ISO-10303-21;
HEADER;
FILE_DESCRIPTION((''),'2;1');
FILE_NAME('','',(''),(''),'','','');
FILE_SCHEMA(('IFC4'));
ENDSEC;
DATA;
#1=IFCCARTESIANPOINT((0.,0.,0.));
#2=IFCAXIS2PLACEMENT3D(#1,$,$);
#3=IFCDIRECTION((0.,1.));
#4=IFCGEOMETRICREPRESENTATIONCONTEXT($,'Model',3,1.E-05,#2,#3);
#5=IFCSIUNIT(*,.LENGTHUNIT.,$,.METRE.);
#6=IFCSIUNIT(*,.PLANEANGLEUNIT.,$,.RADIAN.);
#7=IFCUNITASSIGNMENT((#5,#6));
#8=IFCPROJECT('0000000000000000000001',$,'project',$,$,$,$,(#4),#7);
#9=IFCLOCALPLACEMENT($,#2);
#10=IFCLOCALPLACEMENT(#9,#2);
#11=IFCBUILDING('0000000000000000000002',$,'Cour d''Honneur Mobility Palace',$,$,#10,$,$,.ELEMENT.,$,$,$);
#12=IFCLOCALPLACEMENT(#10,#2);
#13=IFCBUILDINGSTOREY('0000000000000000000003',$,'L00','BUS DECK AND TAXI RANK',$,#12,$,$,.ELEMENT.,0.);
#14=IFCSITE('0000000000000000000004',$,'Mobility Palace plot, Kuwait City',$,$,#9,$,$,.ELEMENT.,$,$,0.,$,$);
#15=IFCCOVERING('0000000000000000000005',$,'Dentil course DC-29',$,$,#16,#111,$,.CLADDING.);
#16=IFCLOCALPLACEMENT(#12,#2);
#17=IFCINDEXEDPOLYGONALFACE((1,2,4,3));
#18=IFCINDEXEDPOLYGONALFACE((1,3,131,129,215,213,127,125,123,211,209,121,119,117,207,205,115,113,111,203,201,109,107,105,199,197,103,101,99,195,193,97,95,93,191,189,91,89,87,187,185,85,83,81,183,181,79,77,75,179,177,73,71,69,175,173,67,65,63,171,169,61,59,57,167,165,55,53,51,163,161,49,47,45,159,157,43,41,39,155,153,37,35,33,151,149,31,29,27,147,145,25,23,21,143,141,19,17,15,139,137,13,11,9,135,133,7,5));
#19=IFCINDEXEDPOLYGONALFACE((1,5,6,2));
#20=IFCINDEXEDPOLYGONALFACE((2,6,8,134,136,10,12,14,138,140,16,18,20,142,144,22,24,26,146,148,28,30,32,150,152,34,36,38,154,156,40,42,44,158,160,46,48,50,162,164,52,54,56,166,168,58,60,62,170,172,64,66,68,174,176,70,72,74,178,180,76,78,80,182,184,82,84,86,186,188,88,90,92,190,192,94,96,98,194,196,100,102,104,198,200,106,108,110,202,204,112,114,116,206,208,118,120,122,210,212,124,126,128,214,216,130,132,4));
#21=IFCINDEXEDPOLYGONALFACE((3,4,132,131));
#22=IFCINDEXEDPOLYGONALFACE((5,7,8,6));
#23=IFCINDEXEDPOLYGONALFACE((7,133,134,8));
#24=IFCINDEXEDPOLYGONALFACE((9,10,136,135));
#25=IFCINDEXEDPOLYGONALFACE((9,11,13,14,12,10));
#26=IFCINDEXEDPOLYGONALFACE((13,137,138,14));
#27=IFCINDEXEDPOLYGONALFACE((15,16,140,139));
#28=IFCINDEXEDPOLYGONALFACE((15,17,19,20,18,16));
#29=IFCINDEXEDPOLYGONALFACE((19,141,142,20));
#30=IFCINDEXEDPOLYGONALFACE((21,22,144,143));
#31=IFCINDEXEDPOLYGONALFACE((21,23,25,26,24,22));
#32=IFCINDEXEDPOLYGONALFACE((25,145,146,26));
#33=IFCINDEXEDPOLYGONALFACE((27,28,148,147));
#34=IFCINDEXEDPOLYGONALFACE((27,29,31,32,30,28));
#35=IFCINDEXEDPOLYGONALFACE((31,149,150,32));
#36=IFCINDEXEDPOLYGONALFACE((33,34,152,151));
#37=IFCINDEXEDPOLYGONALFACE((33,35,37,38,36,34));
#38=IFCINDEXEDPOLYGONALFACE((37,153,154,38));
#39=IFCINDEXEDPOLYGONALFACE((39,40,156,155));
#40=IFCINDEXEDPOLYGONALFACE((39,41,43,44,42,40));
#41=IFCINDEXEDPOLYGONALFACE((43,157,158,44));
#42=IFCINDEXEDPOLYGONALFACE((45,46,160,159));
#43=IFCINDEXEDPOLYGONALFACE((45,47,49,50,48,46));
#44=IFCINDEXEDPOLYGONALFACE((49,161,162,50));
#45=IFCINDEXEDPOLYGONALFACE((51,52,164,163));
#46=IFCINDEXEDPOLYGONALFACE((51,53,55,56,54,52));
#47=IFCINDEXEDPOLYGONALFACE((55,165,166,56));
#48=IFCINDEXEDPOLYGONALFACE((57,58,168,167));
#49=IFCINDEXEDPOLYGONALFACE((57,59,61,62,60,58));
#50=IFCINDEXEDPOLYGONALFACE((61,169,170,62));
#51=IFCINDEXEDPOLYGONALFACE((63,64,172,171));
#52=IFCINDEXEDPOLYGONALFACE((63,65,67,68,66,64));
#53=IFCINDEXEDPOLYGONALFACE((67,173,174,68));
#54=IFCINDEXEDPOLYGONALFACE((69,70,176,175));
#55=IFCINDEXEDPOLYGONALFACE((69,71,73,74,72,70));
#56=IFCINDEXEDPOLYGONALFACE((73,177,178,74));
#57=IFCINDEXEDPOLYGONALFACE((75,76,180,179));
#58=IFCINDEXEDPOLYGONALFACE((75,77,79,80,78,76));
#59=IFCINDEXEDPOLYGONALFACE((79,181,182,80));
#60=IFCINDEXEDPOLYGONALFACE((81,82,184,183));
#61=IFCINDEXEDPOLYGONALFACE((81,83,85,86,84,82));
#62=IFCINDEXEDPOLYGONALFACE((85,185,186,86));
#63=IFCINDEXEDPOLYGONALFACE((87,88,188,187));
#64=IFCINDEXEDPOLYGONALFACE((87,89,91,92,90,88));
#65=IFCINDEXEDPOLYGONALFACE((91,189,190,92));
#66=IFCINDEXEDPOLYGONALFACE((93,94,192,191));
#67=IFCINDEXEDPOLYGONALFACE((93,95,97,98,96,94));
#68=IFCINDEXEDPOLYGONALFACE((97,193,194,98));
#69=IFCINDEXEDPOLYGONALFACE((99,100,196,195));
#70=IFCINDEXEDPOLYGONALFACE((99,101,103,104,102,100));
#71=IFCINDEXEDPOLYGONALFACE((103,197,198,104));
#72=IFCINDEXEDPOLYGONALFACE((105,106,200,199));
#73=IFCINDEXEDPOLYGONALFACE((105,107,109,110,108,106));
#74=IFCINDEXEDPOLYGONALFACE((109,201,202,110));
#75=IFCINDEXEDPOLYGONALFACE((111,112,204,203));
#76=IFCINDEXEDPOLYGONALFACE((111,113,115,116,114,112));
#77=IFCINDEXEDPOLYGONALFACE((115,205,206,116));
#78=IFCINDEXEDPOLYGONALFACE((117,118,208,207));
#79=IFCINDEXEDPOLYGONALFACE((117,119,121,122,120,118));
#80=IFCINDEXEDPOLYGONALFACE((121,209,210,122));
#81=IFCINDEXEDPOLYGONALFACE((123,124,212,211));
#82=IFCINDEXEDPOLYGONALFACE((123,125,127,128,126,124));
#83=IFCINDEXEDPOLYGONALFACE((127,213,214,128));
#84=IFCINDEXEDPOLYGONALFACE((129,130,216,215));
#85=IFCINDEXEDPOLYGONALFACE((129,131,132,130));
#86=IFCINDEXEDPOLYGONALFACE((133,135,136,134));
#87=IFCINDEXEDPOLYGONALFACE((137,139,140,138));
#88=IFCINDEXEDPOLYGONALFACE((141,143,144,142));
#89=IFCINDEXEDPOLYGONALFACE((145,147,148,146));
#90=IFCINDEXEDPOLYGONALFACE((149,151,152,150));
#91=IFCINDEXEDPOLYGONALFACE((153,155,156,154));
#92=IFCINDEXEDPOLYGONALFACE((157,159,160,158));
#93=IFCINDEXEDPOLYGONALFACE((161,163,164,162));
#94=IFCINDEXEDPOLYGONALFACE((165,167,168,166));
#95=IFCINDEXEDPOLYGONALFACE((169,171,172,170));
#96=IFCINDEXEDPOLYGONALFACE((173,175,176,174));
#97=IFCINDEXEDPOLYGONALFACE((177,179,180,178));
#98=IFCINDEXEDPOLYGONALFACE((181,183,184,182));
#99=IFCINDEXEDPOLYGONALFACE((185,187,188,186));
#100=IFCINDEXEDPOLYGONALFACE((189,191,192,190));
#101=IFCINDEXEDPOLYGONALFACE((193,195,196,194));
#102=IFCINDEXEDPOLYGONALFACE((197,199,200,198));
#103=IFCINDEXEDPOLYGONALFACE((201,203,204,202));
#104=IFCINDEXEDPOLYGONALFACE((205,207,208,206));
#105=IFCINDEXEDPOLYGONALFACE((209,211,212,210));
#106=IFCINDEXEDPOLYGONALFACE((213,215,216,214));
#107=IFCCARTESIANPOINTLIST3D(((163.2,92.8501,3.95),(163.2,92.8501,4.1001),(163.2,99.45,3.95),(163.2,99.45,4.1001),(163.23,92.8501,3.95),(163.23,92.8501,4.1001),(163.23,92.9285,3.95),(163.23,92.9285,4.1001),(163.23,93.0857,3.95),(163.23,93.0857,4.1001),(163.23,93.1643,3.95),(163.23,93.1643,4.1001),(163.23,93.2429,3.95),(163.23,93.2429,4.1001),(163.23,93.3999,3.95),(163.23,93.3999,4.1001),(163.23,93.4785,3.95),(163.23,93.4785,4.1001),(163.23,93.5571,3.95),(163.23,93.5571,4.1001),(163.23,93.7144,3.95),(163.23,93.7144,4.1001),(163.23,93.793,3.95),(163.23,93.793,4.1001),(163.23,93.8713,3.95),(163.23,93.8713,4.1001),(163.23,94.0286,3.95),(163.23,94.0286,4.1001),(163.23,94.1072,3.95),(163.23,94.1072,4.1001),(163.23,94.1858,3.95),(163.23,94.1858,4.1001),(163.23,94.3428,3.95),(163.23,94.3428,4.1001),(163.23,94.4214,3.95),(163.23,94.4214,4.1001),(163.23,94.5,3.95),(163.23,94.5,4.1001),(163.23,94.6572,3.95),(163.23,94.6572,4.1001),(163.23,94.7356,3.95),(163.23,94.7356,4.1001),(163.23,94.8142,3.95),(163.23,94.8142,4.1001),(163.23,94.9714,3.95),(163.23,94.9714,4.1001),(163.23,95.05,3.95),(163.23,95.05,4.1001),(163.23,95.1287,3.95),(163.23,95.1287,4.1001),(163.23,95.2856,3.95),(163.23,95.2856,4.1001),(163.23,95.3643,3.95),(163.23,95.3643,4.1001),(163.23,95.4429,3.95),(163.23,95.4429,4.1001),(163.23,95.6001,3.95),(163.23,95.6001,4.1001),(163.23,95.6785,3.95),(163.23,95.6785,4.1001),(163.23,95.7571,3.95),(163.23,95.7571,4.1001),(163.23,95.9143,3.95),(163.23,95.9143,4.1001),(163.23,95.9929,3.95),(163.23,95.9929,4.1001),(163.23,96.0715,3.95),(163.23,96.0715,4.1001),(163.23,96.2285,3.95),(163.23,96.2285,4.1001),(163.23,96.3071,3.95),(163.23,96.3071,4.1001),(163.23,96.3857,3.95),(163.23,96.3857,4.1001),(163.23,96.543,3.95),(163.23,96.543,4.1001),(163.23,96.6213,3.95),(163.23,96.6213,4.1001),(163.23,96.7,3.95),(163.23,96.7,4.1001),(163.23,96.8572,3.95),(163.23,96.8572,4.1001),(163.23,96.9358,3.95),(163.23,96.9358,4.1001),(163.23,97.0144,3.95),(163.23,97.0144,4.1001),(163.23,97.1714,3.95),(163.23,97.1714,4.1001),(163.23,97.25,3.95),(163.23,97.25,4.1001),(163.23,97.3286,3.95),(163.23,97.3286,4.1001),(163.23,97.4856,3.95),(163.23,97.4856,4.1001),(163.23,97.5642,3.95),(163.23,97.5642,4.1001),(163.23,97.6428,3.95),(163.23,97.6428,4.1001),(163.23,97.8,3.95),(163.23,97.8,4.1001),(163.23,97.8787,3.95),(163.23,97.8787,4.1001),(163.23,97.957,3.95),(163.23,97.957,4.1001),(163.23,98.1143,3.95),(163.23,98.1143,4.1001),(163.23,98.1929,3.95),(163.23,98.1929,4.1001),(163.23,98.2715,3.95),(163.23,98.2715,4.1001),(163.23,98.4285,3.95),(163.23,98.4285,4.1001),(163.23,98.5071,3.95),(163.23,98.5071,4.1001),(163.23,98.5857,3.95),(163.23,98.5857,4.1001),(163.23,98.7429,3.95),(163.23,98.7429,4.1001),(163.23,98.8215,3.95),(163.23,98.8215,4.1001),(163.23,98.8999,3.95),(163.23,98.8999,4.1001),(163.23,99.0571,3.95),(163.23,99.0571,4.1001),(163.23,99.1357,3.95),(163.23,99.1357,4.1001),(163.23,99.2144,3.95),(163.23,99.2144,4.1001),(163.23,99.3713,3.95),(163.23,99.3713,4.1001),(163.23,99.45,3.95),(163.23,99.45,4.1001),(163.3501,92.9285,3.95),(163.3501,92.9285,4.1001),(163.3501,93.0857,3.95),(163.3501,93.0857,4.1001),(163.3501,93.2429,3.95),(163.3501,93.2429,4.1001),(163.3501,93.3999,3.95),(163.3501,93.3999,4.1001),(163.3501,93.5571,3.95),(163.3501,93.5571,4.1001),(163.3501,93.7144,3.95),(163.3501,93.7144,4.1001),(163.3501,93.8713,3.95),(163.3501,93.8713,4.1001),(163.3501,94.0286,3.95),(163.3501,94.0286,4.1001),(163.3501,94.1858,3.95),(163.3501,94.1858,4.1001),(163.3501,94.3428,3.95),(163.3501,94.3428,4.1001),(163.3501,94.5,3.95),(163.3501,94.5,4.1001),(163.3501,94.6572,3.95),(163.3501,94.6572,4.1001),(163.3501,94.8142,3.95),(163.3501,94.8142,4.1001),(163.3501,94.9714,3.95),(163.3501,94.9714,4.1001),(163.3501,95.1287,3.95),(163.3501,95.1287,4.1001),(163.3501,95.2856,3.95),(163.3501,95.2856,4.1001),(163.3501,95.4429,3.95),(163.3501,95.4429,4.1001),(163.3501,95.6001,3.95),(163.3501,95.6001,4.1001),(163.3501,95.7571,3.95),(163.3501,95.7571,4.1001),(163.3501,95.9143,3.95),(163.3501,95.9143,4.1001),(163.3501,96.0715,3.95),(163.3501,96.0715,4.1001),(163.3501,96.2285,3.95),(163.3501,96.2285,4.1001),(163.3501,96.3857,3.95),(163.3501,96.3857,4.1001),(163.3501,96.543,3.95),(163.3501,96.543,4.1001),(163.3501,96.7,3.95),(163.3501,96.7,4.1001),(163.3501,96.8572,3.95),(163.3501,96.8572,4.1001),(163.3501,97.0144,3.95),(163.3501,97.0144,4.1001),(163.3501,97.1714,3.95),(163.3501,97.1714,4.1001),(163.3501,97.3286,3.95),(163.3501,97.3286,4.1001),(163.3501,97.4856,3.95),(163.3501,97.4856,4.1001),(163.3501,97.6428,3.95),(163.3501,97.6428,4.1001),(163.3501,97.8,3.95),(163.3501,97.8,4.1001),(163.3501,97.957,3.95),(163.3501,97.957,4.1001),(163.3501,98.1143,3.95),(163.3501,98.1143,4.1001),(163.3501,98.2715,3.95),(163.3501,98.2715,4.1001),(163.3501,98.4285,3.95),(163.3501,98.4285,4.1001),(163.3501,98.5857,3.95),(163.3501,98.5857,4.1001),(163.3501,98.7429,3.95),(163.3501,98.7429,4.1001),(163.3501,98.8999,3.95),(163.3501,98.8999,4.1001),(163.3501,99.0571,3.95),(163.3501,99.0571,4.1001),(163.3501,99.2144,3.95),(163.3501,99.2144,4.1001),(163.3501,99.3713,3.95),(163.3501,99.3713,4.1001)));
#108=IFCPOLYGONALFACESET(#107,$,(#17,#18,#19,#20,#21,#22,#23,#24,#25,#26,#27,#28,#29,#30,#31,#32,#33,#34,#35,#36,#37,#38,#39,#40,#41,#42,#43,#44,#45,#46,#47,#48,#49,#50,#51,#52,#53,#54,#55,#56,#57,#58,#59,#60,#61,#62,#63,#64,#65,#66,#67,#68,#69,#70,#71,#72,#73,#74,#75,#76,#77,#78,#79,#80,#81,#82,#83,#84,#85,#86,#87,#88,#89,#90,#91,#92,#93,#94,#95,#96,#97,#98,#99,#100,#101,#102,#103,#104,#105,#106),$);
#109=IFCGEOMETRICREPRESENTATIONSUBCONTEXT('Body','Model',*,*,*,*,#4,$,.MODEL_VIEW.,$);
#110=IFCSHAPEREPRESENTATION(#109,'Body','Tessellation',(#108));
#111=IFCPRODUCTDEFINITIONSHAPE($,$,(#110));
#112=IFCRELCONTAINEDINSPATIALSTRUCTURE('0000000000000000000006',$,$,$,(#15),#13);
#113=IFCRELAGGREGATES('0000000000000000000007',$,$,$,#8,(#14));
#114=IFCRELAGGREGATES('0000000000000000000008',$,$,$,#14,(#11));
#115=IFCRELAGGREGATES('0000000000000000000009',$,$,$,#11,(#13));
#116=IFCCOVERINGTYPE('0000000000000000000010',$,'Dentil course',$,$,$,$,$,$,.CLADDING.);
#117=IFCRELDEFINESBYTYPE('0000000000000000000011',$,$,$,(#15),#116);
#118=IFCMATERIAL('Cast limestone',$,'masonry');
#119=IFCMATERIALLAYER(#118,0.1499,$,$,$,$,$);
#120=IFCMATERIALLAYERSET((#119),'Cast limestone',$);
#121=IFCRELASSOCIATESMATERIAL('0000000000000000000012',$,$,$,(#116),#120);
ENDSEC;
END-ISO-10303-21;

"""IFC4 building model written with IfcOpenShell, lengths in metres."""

from ifc_helpers import new_model, si_unit, direction, frame, origin, place, context, subcontext, project, spatial, polyline, outline, extrude, material, layer, layer_set, type_object, element, save


model = new_model("IFC4")

# Units and contexts
model_context = context("Model", 3, precision=1e-05, world=origin(), true_north=direction((0.0, 1.0)))
body_context = subcontext(model_context, "Body", "Model", "MODEL_VIEW")
ifc_project = project(units=[si_unit("LENGTHUNIT", "METRE"), si_unit("PLANEANGLEUNIT", "RADIAN")], contexts=[model_context])

# Site, building, storey
site_placement = place(None, origin())
site = spatial("IfcSite", under=ifc_project, at=site_placement, Name="Mobility Palace plot, Kuwait City", CompositionType="ELEMENT", RefElevation=0.0)
building_placement = place(site_placement, origin())
building = spatial("IfcBuilding", under=site, at=building_placement, Name="Cour d'Honneur Mobility Palace", CompositionType="ELEMENT")
storey_placement = place(building_placement, origin())
storey = spatial("IfcBuildingStorey", under=building, at=storey_placement, Name="L00", Description="BUS DECK AND TAXI RANK", CompositionType="ELEMENT", Elevation=0.0)

# Covering
ifc_material = material(Name="Cast limestone", Category="masonry")
ifc_layer = layer(ifc_material, 0.1499)
ifc_layer_set = layer_set([ifc_layer], Name="Cast limestone")
covering_type = type_object("IfcCoveringType", Name="Dentil course", PredefinedType="CLADDING", material=ifc_layer_set)
covering_1_placement = place(storey_placement, frame((0.0, 0.0, 3.95)))
element("IfcCovering", 1, at=covering_1_placement, inside=storey, type_object=covering_type, Name="Dentil course DC-29", PredefinedType="CLADDING", context=body_context, shape_type="SweptSolid", body=[
    extrude(outline(polyline([(163.2, 92.8501), (163.2, 99.45), (163.23, 99.45), (163.23, 99.45), (163.23, 99.3713), (163.3501, 99.3713), (163.3501, 99.2144), (163.23, 99.2144), (163.23, 99.1357), (163.23, 99.1357), (163.23, 99.0571), (163.3501, 99.0571), (163.3501, 98.8999), (163.23, 98.8999), (163.23, 98.8215), (163.23, 98.8215), (163.23, 98.7429), (163.3501, 98.7429), (163.3501, 98.5857), (163.23, 98.5857), (163.23, 98.5071), (163.23, 98.5071), (163.23, 98.4285), (163.3501, 98.4285), (163.3501, 98.2715), (163.23, 98.2715), (163.23, 98.1929), (163.23, 98.1929), (163.23, 98.1143), (163.3501, 98.1143), (163.3501, 97.957), (163.23, 97.957), (163.23, 97.8787), (163.23, 97.8787), (163.23, 97.8), (163.3501, 97.8), (163.3501, 97.6428), (163.23, 97.6428), (163.23, 97.5642), (163.23, 97.5642), (163.23, 97.4856), (163.3501, 97.4856), (163.3501, 97.3286), (163.23, 97.3286), (163.23, 97.25), (163.23, 97.25), (163.23, 97.1714), (163.3501, 97.1714), (163.3501, 97.0144), (163.23, 97.0144), (163.23, 96.9358), (163.23, 96.9358), (163.23, 96.8572), (163.3501, 96.8572), (163.3501, 96.7), (163.23, 96.7), (163.23, 96.6213), (163.23, 96.6213), (163.23, 96.543), (163.3501, 96.543), (163.3501, 96.3857), (163.23, 96.3857), (163.23, 96.3071), (163.23, 96.3071), (163.23, 96.2285), (163.3501, 96.2285), (163.3501, 96.0715), (163.23, 96.0715), (163.23, 95.9929), (163.23, 95.9929), (163.23, 95.9143), (163.3501, 95.9143), (163.3501, 95.7571), (163.23, 95.7571), (163.23, 95.6785), (163.23, 95.6785), (163.23, 95.6001), (163.3501, 95.6001), (163.3501, 95.4429), (163.23, 95.4429), (163.23, 95.3643), (163.23, 95.3643), (163.23, 95.2856), (163.3501, 95.2856), (163.3501, 95.1287), (163.23, 95.1287), (163.23, 95.05), (163.23, 95.05), (163.23, 94.9714), (163.3501, 94.9714), (163.3501, 94.8142), (163.23, 94.8142), (163.23, 94.7356), (163.23, 94.7356), (163.23, 94.6572), (163.3501, 94.6572), (163.3501, 94.5), (163.23, 94.5), (163.23, 94.4214), (163.23, 94.4214), (163.23, 94.3428), (163.3501, 94.3428), (163.3501, 94.1858), (163.23, 94.1858), (163.23, 94.1072), (163.23, 94.1072), (163.23, 94.0286), (163.3501, 94.0286), (163.3501, 93.8713), (163.23, 93.8713), (163.23, 93.793), (163.23, 93.793), (163.23, 93.7144), (163.3501, 93.7144), (163.3501, 93.5571), (163.23, 93.5571), (163.23, 93.4785), (163.23, 93.4785), (163.23, 93.3999), (163.3501, 93.3999), (163.3501, 93.2429), (163.23, 93.2429), (163.23, 93.1643), (163.23, 93.1643), (163.23, 93.0857), (163.3501, 93.0857), (163.3501, 92.9285), (163.23, 92.9285), (163.23, 92.8501), (163.2, 92.8501)])), origin(), (0.0, 0.0, 1.0), 0.1501),
])

save(model, "model.ifc")
